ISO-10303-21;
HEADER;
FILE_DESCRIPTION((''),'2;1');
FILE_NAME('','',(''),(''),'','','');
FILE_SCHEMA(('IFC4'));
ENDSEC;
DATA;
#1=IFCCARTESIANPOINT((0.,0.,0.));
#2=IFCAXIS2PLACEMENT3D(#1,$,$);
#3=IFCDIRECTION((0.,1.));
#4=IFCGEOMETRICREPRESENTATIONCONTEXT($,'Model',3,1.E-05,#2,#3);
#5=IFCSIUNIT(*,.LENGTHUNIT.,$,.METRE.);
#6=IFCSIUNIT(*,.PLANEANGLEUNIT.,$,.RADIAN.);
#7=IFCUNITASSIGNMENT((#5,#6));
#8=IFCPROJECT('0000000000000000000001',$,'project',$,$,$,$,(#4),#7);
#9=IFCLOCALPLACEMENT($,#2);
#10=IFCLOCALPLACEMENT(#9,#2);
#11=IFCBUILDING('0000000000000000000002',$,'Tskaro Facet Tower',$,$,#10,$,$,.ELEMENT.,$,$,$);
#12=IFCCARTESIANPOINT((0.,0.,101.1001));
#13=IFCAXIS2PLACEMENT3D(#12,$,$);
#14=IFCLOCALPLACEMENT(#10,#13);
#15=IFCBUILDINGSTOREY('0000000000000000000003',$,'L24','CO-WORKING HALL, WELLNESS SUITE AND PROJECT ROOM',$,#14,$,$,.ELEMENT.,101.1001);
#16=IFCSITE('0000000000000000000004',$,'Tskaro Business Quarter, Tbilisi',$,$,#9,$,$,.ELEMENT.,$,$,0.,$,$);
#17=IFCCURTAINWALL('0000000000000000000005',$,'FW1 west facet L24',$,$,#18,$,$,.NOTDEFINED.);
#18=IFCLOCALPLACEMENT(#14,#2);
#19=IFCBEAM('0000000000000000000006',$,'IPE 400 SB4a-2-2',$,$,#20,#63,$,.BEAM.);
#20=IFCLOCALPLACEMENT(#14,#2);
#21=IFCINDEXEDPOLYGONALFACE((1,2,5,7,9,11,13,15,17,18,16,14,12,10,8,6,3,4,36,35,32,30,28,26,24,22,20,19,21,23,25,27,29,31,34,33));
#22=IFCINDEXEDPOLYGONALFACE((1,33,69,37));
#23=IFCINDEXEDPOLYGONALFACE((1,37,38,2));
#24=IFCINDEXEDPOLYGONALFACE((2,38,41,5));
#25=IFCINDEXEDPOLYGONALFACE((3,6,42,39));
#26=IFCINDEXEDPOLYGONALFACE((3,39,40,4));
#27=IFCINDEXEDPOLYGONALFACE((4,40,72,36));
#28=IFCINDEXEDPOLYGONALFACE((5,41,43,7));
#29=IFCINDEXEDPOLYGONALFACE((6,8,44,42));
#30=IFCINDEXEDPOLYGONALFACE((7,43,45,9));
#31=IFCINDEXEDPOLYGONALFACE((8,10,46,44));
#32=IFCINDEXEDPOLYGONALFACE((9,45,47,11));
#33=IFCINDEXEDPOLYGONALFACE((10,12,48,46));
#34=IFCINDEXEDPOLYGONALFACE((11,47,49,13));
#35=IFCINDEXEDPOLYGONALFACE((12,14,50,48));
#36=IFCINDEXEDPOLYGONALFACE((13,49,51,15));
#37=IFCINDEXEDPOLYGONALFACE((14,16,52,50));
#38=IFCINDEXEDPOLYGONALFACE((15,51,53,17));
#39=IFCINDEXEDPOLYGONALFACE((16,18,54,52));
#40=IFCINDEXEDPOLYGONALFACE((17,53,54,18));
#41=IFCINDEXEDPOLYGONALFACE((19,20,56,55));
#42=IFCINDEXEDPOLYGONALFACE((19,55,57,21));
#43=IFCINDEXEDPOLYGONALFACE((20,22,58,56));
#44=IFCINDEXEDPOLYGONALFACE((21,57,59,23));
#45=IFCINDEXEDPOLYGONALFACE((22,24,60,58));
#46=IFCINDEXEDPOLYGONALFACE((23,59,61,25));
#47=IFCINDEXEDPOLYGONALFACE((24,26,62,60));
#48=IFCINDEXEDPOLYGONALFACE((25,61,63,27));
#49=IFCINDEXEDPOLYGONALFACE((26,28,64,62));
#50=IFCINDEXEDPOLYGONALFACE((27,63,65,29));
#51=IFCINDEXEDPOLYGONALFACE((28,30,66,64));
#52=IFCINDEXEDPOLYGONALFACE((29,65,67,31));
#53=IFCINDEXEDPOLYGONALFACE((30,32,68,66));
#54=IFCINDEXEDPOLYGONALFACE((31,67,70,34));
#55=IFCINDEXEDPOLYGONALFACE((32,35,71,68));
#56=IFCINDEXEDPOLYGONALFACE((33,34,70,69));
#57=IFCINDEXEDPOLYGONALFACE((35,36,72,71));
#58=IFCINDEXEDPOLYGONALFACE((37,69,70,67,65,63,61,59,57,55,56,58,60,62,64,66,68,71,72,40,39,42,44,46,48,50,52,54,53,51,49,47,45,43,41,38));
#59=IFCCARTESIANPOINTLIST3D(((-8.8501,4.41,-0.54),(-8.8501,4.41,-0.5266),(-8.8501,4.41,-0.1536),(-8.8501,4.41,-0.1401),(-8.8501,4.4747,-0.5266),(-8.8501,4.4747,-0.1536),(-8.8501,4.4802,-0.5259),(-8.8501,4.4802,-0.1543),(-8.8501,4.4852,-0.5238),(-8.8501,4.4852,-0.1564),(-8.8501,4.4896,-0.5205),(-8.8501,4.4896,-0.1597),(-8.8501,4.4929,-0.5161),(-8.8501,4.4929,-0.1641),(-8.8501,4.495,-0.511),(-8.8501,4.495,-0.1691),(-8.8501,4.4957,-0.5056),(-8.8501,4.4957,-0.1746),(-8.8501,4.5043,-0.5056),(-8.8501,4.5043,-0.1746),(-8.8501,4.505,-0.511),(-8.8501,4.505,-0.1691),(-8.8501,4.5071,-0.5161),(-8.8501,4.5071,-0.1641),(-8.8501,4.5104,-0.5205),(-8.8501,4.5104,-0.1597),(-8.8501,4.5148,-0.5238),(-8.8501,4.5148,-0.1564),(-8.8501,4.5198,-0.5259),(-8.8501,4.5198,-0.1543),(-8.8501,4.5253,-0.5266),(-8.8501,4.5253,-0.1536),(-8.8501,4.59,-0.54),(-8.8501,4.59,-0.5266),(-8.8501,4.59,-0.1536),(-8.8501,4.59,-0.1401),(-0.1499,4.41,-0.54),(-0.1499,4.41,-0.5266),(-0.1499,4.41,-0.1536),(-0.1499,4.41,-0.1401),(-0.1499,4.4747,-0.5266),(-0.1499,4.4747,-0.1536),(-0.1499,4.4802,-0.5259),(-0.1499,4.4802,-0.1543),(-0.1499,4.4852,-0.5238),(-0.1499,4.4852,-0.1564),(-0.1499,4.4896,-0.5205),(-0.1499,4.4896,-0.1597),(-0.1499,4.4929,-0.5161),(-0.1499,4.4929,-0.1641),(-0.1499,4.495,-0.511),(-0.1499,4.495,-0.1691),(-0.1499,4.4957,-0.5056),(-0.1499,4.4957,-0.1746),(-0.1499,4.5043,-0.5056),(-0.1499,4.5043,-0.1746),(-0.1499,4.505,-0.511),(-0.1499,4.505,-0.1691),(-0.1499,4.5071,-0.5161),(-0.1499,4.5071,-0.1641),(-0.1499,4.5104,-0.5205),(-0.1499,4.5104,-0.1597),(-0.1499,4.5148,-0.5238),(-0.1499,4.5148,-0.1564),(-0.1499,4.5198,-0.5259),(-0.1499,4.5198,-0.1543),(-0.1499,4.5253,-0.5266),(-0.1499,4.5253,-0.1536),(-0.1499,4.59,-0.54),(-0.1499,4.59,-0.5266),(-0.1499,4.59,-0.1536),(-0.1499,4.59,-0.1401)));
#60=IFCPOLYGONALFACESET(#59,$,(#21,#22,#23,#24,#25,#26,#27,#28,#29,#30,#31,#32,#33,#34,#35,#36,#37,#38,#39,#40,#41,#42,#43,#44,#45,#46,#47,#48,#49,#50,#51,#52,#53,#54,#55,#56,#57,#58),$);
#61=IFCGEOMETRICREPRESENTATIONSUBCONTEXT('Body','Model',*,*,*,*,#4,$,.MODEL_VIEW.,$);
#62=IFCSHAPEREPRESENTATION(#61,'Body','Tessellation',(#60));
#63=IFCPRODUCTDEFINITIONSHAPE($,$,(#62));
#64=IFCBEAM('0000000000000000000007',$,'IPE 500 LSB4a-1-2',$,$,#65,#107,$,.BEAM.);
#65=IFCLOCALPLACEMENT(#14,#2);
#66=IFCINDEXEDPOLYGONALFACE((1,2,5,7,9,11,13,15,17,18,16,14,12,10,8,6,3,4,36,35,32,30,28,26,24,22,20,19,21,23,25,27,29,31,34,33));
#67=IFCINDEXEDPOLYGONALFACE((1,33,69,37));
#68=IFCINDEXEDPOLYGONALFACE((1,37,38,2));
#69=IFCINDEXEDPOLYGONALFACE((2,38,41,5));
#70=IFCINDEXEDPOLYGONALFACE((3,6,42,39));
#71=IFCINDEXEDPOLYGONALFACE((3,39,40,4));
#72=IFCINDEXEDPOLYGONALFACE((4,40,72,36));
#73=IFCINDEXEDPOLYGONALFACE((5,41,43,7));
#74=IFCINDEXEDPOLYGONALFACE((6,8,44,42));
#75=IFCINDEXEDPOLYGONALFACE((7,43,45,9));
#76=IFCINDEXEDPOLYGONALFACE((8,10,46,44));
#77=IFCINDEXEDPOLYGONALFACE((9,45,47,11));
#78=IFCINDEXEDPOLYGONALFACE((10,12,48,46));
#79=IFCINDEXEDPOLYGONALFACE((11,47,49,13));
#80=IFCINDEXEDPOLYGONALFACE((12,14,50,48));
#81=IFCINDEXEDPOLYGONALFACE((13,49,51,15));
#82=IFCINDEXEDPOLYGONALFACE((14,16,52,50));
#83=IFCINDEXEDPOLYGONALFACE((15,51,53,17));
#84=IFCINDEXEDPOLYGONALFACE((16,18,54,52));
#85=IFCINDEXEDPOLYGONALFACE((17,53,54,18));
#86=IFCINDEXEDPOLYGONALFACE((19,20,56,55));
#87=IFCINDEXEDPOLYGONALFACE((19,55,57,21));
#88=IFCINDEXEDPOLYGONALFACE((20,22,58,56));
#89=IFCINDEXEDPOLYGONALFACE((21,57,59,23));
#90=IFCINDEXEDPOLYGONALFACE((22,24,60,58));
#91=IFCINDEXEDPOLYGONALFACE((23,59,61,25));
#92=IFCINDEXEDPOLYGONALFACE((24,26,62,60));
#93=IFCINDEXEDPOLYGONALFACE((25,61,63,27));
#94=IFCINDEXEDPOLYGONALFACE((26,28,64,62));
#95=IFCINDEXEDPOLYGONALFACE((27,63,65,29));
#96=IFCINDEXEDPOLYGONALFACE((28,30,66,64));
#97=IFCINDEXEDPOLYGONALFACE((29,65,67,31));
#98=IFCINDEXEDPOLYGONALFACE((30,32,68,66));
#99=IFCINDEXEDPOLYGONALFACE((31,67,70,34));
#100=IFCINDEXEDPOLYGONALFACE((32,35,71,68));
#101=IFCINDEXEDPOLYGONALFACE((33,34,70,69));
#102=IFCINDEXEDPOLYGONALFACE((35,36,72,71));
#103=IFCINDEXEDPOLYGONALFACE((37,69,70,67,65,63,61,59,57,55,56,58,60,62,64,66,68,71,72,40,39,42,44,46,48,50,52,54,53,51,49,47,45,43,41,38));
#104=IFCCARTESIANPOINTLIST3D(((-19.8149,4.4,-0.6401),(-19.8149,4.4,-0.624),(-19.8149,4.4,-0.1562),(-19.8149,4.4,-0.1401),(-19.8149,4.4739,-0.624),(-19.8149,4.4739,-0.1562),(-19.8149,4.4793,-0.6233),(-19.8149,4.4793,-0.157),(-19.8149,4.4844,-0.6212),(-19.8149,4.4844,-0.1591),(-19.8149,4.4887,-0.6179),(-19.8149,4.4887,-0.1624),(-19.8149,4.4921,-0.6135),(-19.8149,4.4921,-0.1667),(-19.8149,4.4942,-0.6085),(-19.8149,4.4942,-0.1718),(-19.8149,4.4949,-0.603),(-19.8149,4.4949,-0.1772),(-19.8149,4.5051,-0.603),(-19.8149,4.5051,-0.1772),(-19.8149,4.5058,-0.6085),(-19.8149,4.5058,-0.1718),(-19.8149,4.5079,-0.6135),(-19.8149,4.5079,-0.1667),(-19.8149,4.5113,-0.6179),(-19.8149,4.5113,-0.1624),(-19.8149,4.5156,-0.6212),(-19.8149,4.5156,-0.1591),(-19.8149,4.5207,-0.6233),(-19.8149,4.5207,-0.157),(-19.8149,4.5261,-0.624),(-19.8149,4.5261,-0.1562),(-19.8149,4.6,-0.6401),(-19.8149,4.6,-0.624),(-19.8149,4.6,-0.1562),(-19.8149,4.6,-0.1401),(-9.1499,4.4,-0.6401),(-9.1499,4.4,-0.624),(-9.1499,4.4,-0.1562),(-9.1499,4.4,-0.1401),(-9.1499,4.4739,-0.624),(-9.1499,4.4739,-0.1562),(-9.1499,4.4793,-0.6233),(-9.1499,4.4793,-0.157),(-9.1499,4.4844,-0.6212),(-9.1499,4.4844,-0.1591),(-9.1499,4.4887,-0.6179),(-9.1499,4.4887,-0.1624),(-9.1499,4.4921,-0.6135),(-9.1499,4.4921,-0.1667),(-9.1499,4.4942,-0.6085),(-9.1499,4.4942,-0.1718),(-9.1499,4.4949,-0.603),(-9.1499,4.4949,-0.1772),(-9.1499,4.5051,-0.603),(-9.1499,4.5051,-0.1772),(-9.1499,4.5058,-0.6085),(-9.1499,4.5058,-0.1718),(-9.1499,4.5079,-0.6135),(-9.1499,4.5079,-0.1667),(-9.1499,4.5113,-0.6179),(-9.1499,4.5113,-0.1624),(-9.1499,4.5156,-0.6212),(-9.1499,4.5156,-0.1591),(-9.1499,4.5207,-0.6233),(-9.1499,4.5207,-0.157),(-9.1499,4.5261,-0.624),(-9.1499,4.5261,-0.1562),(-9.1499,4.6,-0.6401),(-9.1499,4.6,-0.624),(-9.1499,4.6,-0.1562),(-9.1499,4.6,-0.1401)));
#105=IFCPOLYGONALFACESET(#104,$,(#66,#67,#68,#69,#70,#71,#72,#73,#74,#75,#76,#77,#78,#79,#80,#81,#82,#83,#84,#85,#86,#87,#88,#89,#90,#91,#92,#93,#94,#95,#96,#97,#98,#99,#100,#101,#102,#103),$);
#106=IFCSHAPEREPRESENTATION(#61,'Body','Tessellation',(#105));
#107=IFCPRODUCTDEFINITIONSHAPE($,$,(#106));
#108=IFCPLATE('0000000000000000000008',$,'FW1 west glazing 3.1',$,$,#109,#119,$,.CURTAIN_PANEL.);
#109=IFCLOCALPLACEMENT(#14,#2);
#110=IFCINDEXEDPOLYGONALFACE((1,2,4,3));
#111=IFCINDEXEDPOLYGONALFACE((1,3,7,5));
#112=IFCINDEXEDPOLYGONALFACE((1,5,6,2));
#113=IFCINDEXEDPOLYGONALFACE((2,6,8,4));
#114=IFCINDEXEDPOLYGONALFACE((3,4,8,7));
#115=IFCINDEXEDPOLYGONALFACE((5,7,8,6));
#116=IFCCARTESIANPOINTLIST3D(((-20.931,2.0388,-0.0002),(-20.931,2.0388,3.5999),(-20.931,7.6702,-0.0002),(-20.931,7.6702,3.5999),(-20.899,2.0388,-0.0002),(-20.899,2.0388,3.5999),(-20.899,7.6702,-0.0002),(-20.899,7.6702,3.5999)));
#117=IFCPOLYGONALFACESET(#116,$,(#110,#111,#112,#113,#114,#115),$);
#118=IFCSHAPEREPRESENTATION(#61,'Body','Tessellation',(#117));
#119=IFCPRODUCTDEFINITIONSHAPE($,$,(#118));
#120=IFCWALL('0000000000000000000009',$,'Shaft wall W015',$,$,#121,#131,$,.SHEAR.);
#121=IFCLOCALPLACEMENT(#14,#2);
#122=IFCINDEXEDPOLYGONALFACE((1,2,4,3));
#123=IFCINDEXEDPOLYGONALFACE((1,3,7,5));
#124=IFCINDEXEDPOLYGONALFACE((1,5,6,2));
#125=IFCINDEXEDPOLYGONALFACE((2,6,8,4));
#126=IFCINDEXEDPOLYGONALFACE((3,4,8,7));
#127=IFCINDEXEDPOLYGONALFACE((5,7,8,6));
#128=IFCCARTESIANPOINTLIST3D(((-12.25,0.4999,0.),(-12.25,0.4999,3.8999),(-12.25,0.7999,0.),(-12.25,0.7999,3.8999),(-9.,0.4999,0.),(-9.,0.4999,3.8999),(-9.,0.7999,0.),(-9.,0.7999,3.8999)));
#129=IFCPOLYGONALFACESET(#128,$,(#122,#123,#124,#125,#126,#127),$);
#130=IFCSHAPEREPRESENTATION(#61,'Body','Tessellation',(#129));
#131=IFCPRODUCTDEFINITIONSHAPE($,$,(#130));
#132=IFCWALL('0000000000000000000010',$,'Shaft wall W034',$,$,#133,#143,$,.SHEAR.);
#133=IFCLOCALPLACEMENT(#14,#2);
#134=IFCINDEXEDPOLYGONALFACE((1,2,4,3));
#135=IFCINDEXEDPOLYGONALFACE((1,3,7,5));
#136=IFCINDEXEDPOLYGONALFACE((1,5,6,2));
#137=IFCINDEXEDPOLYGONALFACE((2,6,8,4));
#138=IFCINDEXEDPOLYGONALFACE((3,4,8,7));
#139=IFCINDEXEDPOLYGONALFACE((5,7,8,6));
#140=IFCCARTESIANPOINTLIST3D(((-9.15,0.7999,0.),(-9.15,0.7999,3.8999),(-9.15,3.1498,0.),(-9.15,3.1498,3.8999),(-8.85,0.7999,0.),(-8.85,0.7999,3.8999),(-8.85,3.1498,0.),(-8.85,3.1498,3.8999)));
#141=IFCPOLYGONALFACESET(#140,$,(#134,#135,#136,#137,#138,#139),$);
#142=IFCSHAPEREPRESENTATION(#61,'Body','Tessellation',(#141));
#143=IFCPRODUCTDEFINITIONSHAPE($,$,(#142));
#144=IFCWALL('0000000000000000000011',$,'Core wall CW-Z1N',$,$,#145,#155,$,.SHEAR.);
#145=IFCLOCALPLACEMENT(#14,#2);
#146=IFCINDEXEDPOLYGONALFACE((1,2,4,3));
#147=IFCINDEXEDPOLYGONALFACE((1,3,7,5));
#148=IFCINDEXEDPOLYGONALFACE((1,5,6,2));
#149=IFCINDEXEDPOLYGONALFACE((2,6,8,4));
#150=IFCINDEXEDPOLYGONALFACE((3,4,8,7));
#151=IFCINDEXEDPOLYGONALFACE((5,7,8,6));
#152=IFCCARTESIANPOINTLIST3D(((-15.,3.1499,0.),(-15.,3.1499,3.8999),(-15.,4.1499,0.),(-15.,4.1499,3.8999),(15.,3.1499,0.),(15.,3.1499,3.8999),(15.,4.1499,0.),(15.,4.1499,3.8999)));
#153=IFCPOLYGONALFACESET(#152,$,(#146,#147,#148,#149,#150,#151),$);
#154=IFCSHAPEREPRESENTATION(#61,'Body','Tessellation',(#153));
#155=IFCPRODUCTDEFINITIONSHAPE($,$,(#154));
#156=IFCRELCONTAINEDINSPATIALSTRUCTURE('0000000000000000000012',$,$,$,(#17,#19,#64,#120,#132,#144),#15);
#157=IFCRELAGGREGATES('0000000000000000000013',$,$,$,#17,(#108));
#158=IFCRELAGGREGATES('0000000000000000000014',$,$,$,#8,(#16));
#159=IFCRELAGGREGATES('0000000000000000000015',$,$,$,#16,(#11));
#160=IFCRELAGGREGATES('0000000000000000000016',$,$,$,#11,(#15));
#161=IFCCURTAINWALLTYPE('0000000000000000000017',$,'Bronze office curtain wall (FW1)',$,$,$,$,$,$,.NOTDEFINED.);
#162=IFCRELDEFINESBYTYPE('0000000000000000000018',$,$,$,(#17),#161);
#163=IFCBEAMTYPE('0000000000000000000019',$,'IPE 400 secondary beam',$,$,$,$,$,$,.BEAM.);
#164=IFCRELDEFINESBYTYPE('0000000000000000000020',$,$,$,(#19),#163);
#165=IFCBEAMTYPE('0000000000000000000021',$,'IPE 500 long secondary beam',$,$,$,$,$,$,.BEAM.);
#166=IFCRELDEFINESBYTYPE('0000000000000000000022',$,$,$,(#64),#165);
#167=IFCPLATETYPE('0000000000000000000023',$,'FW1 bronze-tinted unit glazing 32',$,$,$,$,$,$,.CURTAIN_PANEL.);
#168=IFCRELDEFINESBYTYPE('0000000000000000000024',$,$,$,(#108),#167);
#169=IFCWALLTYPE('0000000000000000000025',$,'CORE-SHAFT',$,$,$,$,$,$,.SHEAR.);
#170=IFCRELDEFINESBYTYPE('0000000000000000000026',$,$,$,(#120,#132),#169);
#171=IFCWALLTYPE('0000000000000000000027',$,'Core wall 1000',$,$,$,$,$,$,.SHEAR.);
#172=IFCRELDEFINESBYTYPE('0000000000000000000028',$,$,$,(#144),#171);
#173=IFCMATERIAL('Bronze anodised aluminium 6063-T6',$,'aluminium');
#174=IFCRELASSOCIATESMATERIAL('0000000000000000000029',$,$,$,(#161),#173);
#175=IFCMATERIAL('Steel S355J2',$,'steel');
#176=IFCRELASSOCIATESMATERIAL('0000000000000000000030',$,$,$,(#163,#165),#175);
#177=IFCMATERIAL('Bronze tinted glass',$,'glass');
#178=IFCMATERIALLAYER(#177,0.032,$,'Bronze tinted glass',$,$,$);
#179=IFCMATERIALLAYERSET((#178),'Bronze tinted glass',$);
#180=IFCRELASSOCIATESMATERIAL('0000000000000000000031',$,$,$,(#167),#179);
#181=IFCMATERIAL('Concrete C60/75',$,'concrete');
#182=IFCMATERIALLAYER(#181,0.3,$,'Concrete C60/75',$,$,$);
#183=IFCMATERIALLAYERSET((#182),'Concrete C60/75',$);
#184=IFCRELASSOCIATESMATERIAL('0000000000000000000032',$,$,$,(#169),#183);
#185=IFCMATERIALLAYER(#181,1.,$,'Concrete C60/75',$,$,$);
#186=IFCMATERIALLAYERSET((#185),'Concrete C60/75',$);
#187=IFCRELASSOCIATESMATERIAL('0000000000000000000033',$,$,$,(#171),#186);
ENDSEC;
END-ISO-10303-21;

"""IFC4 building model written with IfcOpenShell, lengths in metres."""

from ifc_helpers import new_model, si_unit, direction, frame, frame_2d, origin, origin_2d, place, context, subcontext, project, spatial, rectangle, i_section, extrude, material, layer, layer_set, material_profile, profile_set, type_object, element, aggregate, save


model = new_model("IFC4")

# Units and contexts
model_context = context("Model", 3, precision=1e-05, world=origin(), true_north=direction((0.0, 1.0)))
body_context = subcontext(model_context, "Body", "Model", "MODEL_VIEW")
ifc_project = project(units=[si_unit("LENGTHUNIT", "METRE"), si_unit("PLANEANGLEUNIT", "RADIAN")], contexts=[model_context])

# Site, building, storey
site_placement = place(None, origin())
site = spatial("IfcSite", under=ifc_project, at=site_placement, Name="Tskaro Business Quarter, Tbilisi", CompositionType="ELEMENT", RefElevation=0.0)
building_placement = place(site_placement, origin())
building = spatial("IfcBuilding", under=site, at=building_placement, Name="Tskaro Facet Tower", CompositionType="ELEMENT")
storey_placement = place(building_placement, frame((0.0, 0.0, 101.1001)))
storey = spatial("IfcBuildingStorey", under=building, at=storey_placement, Name="L24", Description="CO-WORKING HALL, WELLNESS SUITE AND PROJECT ROOM", CompositionType="ELEMENT", Elevation=101.1001)

# Curtain wall
ifc_material_1 = material(Name="Bronze anodised aluminium 6063-T6", Category="aluminium")
curtain_wall_type = type_object("IfcCurtainWallType", Name="Bronze office curtain wall (FW1)", PredefinedType="NOTDEFINED", material=ifc_material_1)
curtain_wall_placement = place(storey_placement, origin())
curtain_wall = element("IfcCurtainWall", 1, at=curtain_wall_placement, inside=storey, type_object=curtain_wall_type, Name="FW1 west facet L24", PredefinedType="NOTDEFINED")

# Beams
ifc_material_2 = material(Name="Steel S355J2", Category="steel")
ifc_material_profile_1 = material_profile(ifc_material_2, i_section(OverallWidth=0.1799, OverallDepth=0.3999, WebThickness=0.0085, FlangeThickness=0.0134, FilletRadius=0.021, at=origin_2d()), Name="IPE 400")
ifc_profile_set_1 = profile_set([ifc_material_profile_1], Name="Steel S355J2")
beam_type_1 = type_object("IfcBeamType", Name="IPE 400 secondary beam", PredefinedType="BEAM", material=ifc_profile_set_1)
beam_1_placement = place(storey_placement, frame((-8.8501, 4.5, -0.3401), z_axis=(1.0, 0.0, 0.0), x_axis=(0.0, 1.0, 0.0)))
element("IfcBeam", 2, at=beam_1_placement, inside=storey, type_object=beam_type_1, Name="IPE 400 SB4a-2-2", PredefinedType="BEAM", context=body_context, shape_type="SweptSolid", body=[
    extrude(i_section(OverallWidth=0.1799, OverallDepth=0.3999, WebThickness=0.0085, FlangeThickness=0.0134, FilletRadius=0.021, at=origin_2d()), origin(), (0.0, 0.0, 1.0), 8.7002),
])
ifc_material_profile_2 = material_profile(ifc_material_2, i_section(OverallWidth=0.2, OverallDepth=0.5, WebThickness=0.0103, FlangeThickness=0.0161, FilletRadius=0.021, at=origin_2d()), Name="IPE 500")
ifc_profile_set_2 = profile_set([ifc_material_profile_2], Name="Steel S355J2")
beam_type_2 = type_object("IfcBeamType", Name="IPE 500 long secondary beam", PredefinedType="BEAM", material=ifc_profile_set_2)
beam_2_placement = place(storey_placement, frame((-19.8149, 4.5, -0.3901), z_axis=(1.0, 0.0, 0.0), x_axis=(0.0, 1.0, 0.0)))
element("IfcBeam", 3, at=beam_2_placement, inside=storey, type_object=beam_type_2, Name="IPE 500 LSB4a-1-2", PredefinedType="BEAM", context=body_context, shape_type="SweptSolid", body=[
    extrude(i_section(OverallWidth=0.2, OverallDepth=0.5, WebThickness=0.0103, FlangeThickness=0.0161, FilletRadius=0.021, at=origin_2d()), origin(), (0.0, 0.0, 1.0), 10.665),
])

# Plate
ifc_material_3 = material(Name="Bronze tinted glass", Category="glass")
ifc_layer_1 = layer(ifc_material_3, 0.032, Name="Bronze tinted glass")
ifc_layer_set_1 = layer_set([ifc_layer_1], Name="Bronze tinted glass")
plate_type = type_object("IfcPlateType", Name="FW1 bronze-tinted unit glazing 32", PredefinedType="CURTAIN_PANEL", material=ifc_layer_set_1)
plate_placement = place(storey_placement, frame((-20.915, 4.8545, -0.0002), z_axis=(0.0, 0.0, 1.0), x_axis=(0.0, -1.0, 0.0)))
plate = element("IfcPlate", 4, at=plate_placement, type_object=plate_type, Name="FW1 west glazing 3.1", PredefinedType="CURTAIN_PANEL", context=body_context, shape_type="SweptSolid", body=[
    extrude(rectangle(XDim=5.6313, YDim=0.032, at=origin_2d()), origin(), (0.0, 0.0, 1.0), 3.6001),
])
aggregate(curtain_wall, [plate])

# Walls
ifc_material_4 = material(Name="Concrete C60/75", Category="concrete")
ifc_layer_2 = layer(ifc_material_4, 0.3, Name="Concrete C60/75")
ifc_layer_set_2 = layer_set([ifc_layer_2], Name="Concrete C60/75")
wall_type_1 = type_object("IfcWallType", Name="CORE-SHAFT", PredefinedType="SHEAR", material=ifc_layer_set_2)
wall_1_placement = place(storey_placement, frame((-9.0, 0.6499, 0.0), z_axis=(0.0, 0.0, 1.0), x_axis=(-1.0, 0.0, 0.0)))
element("IfcWall", 5, at=wall_1_placement, inside=storey, type_object=wall_type_1, Name="Shaft wall W015", PredefinedType="SHEAR", context=body_context, shape_type="SweptSolid", body=[
    extrude(rectangle(XDim=3.25, YDim=0.3, at=frame_2d((1.625, 0.0))), origin(), (0.0, 0.0, 1.0), 3.8999),
])
wall_2_placement = place(storey_placement, frame((-9.0, 0.8, 0.0), z_axis=(0.0, 0.0, 1.0), x_axis=(0.0, 1.0, 0.0)))
element("IfcWall", 6, at=wall_2_placement, inside=storey, type_object=wall_type_1, Name="Shaft wall W034", PredefinedType="SHEAR", context=body_context, shape_type="SweptSolid", body=[
    extrude(rectangle(XDim=2.3499, YDim=0.3, at=frame_2d((1.1748, 0.0))), origin(), (0.0, 0.0, 1.0), 3.8999),
])
ifc_layer_3 = layer(ifc_material_4, 1.0, Name="Concrete C60/75")
ifc_layer_set_3 = layer_set([ifc_layer_3], Name="Concrete C60/75")
wall_type_2 = type_object("IfcWallType", Name="Core wall 1000", PredefinedType="SHEAR", material=ifc_layer_set_3)
wall_3_placement = place(storey_placement, frame((-15.0, 3.6499, 0.0), z_axis=(0.0, 0.0, 1.0), x_axis=(1.0, 0.0, 0.0)))
element("IfcWall", 7, at=wall_3_placement, inside=storey, type_object=wall_type_2, Name="Core wall CW-Z1N", PredefinedType="SHEAR", context=body_context, shape_type="SweptSolid", body=[
    extrude(rectangle(XDim=30.0, YDim=1.0, at=frame_2d((15.0, 0.0))), origin(), (0.0, 0.0, 1.0), 3.8999),
])

save(model, "model.ifc")
